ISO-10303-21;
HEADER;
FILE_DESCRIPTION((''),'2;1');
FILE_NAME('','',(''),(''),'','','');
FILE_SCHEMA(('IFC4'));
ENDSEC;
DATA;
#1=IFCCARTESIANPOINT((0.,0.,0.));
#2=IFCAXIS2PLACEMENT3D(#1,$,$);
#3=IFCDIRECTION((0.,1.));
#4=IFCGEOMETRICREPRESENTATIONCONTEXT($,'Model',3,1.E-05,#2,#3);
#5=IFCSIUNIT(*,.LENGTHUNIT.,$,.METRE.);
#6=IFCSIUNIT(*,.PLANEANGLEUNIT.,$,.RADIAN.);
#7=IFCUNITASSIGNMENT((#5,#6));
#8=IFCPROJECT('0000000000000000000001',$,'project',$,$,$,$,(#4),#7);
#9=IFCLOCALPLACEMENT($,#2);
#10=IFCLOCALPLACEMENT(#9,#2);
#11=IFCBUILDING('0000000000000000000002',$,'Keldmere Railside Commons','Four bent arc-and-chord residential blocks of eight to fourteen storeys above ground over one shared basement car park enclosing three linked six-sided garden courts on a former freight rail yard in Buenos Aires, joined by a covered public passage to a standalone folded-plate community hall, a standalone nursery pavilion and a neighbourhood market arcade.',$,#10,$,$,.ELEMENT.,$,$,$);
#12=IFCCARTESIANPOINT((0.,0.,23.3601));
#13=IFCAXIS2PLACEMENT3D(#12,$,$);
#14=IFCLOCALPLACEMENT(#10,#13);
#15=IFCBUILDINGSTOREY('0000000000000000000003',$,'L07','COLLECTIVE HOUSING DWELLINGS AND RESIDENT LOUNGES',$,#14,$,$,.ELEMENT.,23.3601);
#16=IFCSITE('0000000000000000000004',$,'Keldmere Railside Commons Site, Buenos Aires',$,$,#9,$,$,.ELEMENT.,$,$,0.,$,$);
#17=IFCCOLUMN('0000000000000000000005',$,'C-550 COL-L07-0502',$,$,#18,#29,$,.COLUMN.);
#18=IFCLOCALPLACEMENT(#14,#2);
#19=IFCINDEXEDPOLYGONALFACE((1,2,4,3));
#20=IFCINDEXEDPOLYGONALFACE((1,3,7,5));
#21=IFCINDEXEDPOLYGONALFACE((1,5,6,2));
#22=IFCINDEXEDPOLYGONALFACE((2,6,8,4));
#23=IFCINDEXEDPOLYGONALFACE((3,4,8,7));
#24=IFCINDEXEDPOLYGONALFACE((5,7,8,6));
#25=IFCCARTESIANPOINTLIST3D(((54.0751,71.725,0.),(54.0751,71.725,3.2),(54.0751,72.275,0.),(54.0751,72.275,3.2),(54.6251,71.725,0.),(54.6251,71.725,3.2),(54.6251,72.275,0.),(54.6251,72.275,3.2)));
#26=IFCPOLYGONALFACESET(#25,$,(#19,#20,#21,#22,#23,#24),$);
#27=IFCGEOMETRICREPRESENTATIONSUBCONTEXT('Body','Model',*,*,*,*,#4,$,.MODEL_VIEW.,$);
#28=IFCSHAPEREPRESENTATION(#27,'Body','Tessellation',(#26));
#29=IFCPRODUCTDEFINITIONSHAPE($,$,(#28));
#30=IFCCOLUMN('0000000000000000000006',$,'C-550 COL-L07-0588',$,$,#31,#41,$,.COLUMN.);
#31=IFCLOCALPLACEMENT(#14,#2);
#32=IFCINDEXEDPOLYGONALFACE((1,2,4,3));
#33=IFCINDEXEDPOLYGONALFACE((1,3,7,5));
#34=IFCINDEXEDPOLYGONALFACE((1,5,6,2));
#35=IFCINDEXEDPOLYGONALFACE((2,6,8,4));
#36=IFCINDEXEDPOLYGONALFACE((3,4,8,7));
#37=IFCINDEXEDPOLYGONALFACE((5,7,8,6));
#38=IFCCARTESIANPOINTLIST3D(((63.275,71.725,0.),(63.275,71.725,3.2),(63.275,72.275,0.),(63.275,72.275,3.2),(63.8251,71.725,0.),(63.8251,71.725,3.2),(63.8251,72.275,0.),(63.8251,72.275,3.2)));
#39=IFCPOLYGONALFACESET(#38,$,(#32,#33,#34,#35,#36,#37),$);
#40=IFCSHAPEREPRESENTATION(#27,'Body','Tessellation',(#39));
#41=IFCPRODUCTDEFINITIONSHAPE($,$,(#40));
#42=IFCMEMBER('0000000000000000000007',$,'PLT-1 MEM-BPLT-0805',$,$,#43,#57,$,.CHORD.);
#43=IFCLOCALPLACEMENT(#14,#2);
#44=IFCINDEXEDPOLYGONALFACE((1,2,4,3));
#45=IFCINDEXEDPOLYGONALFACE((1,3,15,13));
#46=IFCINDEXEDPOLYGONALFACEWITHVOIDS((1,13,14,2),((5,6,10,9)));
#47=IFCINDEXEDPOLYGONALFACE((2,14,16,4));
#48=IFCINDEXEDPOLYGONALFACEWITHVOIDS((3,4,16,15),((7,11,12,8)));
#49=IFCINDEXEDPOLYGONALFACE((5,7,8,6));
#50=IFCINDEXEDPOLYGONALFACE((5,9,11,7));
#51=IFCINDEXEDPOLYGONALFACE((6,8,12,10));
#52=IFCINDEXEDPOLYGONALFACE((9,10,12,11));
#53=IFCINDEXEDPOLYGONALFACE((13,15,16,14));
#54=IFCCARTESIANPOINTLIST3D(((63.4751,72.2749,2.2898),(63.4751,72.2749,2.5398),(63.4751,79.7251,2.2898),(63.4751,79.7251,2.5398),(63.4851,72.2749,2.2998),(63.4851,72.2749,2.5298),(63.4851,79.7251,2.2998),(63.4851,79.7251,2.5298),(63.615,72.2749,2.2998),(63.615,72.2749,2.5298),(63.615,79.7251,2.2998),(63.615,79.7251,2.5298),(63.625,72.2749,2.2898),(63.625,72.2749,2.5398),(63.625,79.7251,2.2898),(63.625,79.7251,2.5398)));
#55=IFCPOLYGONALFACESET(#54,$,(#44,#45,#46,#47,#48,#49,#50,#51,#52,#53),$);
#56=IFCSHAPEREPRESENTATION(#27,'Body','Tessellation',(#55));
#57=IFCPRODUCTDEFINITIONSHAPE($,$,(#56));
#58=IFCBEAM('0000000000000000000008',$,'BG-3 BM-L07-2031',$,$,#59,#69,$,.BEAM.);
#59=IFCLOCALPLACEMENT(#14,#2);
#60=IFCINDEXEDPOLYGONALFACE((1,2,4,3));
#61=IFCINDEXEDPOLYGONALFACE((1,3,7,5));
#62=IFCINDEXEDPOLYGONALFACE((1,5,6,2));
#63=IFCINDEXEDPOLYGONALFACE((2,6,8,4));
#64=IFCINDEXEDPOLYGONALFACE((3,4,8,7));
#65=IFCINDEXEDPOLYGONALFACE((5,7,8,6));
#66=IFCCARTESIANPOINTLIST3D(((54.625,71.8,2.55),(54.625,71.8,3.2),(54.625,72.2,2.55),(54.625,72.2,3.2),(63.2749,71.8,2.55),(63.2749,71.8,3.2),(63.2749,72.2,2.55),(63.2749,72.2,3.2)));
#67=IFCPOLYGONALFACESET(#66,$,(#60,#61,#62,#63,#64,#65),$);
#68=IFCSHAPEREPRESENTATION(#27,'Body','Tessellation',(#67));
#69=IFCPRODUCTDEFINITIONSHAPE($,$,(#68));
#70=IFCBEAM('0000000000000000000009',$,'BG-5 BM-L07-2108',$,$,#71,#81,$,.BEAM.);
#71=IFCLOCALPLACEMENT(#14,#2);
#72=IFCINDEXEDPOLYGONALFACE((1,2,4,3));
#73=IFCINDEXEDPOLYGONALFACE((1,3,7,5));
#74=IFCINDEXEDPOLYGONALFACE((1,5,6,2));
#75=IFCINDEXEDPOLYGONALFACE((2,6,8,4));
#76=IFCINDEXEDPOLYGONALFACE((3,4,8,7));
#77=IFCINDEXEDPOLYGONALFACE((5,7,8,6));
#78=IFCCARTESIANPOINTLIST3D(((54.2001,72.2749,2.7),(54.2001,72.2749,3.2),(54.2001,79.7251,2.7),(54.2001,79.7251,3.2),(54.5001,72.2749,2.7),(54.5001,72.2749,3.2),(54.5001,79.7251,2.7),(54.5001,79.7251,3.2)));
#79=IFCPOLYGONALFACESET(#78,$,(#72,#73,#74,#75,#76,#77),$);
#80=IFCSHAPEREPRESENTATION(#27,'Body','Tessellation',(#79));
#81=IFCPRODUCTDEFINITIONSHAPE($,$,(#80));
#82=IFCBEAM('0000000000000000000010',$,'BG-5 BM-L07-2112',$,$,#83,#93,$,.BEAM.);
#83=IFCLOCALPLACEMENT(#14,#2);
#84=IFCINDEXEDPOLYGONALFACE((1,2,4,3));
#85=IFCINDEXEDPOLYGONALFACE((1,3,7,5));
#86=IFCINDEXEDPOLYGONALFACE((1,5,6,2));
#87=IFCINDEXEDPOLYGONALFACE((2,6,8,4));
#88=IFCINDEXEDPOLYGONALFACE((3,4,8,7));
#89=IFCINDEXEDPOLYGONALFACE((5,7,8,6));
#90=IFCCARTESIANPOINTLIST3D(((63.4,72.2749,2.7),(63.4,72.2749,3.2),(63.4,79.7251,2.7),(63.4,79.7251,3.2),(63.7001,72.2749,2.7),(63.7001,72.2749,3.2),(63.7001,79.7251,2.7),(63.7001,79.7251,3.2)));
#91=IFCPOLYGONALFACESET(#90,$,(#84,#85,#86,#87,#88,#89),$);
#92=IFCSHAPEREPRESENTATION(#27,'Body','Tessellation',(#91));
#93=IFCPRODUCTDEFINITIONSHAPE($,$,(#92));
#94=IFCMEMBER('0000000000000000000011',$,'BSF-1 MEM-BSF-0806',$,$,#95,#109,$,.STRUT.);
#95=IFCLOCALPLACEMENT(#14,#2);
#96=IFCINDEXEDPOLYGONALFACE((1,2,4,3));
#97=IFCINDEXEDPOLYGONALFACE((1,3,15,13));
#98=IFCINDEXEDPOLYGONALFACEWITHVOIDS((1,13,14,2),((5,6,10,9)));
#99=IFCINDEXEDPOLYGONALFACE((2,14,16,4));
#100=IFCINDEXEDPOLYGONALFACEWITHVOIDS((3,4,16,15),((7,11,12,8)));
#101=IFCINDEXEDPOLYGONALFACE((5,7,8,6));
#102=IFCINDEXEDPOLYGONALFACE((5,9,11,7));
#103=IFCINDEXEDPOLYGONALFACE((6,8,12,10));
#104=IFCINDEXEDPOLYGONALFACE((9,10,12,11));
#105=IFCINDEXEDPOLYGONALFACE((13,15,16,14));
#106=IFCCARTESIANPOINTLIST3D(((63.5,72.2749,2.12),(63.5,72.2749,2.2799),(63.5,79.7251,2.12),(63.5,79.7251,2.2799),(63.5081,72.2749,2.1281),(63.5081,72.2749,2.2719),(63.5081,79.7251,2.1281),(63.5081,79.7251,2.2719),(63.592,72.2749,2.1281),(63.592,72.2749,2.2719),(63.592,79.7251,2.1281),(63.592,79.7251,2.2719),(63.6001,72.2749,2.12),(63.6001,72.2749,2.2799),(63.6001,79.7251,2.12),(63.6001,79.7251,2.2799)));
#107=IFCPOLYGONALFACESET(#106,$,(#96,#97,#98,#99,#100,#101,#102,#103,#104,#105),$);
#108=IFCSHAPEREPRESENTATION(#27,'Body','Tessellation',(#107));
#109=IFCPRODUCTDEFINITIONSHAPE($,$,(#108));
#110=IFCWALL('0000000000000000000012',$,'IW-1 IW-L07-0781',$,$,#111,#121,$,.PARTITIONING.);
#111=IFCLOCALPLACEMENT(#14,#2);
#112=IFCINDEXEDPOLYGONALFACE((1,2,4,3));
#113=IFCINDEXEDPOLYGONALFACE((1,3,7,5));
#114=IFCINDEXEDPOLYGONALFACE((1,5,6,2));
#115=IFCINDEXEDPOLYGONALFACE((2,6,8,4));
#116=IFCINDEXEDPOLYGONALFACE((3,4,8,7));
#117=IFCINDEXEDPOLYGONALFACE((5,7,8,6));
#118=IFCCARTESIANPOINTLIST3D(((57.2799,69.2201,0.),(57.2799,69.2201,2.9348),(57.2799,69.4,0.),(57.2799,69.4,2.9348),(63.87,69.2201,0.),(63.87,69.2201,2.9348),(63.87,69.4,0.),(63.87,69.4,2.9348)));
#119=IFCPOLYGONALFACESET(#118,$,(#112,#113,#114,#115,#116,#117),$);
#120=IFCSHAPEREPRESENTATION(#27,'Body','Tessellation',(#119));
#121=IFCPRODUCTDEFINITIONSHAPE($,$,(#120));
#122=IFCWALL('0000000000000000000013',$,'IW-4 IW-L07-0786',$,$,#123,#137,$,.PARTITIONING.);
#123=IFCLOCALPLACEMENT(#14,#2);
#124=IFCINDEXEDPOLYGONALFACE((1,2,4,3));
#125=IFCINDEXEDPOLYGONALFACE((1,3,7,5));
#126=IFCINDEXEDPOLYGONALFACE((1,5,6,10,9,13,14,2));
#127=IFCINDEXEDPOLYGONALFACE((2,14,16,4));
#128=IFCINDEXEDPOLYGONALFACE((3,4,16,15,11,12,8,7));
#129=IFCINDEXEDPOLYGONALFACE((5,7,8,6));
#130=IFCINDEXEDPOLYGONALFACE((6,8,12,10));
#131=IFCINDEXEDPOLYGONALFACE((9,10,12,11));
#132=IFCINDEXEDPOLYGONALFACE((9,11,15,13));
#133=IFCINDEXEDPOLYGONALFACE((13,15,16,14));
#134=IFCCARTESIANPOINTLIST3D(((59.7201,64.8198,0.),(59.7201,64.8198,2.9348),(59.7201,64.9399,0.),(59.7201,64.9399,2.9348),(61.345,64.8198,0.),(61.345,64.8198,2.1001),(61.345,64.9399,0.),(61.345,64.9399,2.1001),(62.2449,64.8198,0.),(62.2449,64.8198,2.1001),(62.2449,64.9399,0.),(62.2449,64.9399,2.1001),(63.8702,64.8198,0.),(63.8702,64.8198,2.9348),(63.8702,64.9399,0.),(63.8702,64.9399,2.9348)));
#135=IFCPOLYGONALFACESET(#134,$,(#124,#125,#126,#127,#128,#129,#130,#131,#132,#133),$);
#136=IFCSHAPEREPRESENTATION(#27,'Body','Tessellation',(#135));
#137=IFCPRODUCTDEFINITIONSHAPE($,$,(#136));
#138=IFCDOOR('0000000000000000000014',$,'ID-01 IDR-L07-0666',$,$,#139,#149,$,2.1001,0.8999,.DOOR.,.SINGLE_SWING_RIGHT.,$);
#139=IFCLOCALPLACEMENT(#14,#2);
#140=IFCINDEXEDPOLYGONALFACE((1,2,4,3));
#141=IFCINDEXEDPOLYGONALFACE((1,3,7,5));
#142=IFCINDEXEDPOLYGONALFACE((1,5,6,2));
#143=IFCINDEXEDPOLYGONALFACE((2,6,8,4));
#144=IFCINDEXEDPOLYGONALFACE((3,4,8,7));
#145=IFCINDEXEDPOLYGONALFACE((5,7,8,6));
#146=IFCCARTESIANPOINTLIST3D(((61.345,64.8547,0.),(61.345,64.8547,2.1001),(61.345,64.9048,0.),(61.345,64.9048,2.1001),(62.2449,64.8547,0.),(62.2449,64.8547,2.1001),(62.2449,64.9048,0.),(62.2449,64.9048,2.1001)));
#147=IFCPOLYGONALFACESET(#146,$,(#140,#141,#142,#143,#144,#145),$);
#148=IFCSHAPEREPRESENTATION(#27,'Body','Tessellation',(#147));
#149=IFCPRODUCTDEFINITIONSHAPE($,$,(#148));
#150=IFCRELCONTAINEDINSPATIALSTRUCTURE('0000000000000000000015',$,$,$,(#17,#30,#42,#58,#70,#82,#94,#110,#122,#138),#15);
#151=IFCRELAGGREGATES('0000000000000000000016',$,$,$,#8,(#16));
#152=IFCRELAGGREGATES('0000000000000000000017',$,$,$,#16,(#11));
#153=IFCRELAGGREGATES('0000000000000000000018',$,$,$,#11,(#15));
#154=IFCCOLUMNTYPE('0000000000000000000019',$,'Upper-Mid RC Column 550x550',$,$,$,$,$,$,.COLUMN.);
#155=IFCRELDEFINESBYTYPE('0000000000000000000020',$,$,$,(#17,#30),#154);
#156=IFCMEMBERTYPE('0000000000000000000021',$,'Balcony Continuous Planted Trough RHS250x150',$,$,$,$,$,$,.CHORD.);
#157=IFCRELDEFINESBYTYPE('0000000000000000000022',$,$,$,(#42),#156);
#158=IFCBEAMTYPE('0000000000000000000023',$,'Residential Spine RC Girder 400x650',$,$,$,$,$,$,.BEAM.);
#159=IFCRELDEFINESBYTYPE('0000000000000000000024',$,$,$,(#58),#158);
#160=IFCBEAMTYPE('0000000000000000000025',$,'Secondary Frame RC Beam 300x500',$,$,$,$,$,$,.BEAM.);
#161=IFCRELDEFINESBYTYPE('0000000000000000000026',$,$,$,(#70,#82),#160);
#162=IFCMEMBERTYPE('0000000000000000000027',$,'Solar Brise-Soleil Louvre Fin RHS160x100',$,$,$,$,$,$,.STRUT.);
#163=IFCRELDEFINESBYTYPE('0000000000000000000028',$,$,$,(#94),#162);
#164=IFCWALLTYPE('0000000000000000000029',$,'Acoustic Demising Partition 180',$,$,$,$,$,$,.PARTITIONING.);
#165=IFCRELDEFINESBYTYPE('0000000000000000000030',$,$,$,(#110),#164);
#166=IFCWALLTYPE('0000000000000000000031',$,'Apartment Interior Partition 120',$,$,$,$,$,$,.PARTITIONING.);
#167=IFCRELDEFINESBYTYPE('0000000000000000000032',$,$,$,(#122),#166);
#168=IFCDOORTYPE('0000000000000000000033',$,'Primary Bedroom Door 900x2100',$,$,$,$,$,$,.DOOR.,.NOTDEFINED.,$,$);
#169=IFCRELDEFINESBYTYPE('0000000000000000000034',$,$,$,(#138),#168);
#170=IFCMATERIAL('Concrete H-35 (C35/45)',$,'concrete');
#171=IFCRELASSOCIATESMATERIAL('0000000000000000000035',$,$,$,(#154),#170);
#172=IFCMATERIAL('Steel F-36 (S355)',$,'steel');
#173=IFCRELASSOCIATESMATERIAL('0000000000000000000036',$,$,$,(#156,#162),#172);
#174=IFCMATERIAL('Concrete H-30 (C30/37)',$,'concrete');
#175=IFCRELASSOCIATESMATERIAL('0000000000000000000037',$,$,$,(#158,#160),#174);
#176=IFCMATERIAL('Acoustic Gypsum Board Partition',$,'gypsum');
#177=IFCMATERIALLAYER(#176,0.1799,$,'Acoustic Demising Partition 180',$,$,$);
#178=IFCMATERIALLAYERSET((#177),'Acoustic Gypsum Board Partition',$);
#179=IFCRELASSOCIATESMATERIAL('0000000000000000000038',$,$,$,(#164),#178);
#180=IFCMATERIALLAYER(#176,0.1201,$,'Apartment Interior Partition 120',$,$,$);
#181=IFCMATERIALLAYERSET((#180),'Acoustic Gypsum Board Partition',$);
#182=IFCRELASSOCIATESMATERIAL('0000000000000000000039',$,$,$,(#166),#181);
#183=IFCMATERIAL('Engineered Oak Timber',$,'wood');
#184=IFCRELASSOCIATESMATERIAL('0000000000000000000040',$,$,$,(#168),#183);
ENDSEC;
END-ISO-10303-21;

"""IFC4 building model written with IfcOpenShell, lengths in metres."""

from ifc_helpers import new_model, si_unit, direction, frame, frame_2d, origin, origin_2d, place, context, subcontext, project, spatial, rectangle, hollow_rectangle, extrude, material, layer, layer_set, material_profile, profile_set, type_object, element, fill, save


model = new_model("IFC4")

# Units and contexts
model_context = context("Model", 3, precision=1e-05, world=origin(), true_north=direction((0.0, 1.0)))
body_context = subcontext(model_context, "Body", "Model", "MODEL_VIEW")
ifc_project = project(units=[si_unit("LENGTHUNIT", "METRE"), si_unit("PLANEANGLEUNIT", "RADIAN")], contexts=[model_context])

# Site, building, storey
site_placement = place(None, origin())
site = spatial("IfcSite", under=ifc_project, at=site_placement, Name="Keldmere Railside Commons Site, Buenos Aires", CompositionType="ELEMENT", RefElevation=0.0)
building_placement = place(site_placement, origin())
building = spatial("IfcBuilding", under=site, at=building_placement, Name="Keldmere Railside Commons", Description="Four bent arc-and-chord residential blocks of eight to fourteen storeys above ground over one shared basement car park enclosing three linked six-sided garden courts on a former freight rail yard in Buenos Aires, joined by a covered public passage to a standalone folded-plate community hall, a standalone nursery pavilion and a neighbourhood market arcade.", CompositionType="ELEMENT")
storey_placement = place(building_placement, frame((0.0, 0.0, 23.3601)))
storey = spatial("IfcBuildingStorey", under=building, at=storey_placement, Name="L07", Description="COLLECTIVE HOUSING DWELLINGS AND RESIDENT LOUNGES", CompositionType="ELEMENT", Elevation=23.3601)

# Columns
ifc_material_1 = material(Name="Concrete H-35 (C35/45)", Category="concrete")
ifc_material_profile_1 = material_profile(ifc_material_1, rectangle(XDim=0.55, YDim=0.55, at=origin_2d()), Name="RC-550x550")
ifc_profile_set_1 = profile_set([ifc_material_profile_1], Name="Concrete H-35 (C35/45)")
column_type = type_object("IfcColumnType", Name="Upper-Mid RC Column 550x550", PredefinedType="COLUMN", material=ifc_profile_set_1)
for number, where, z_axis, x_axis, name in (
    (1, (54.3501, 72.0, 0.0), (0.0, 0.0, 1.0), (1.0, 0.0, 0.0), "C-550 COL-L07-0502"),
    (2, (63.55, 72.0, 0.0), (0.0, 0.0, 1.0), (1.0, 0.0, 0.0), "C-550 COL-L07-0588"),
):
    element("IfcColumn", number, at=place(storey_placement, frame(where, z_axis=z_axis, x_axis=x_axis)), inside=storey, type_object=column_type, Name=name, PredefinedType="COLUMN", context=body_context, shape_type="SweptSolid", body=[
        extrude(rectangle(XDim=0.55, YDim=0.55, at=origin_2d()), origin(), (0.0, 0.0, 1.0), 3.2),
    ])

# Member
ifc_material_2 = material(Name="Steel F-36 (S355)", Category="steel")
ifc_material_profile_2 = material_profile(ifc_material_2, hollow_rectangle(XDim=0.1499, YDim=0.25, WallThickness=0.01, at=origin_2d()), Name="RHS-250x150x10")
ifc_profile_set_2 = profile_set([ifc_material_profile_2], Name="Steel F-36 (S355)")
member_type_1 = type_object("IfcMemberType", Name="Balcony Continuous Planted Trough RHS250x150", PredefinedType="CHORD", material=ifc_profile_set_2)
member_1_placement = place(storey_placement, frame((63.55, 72.2749, 2.4148), z_axis=(0.0, 1.0, 0.0), x_axis=(-1.0, 0.0, 0.0)))
element("IfcMember", 3, at=member_1_placement, inside=storey, type_object=member_type_1, Name="PLT-1 MEM-BPLT-0805", PredefinedType="CHORD", context=body_context, shape_type="SweptSolid", body=[
    extrude(hollow_rectangle(XDim=0.1499, YDim=0.25, WallThickness=0.01, at=origin_2d()), origin(), (0.0, 0.0, 1.0), 7.4502),
])

# Beams
ifc_material_3 = material(Name="Concrete H-30 (C30/37)", Category="concrete")
ifc_material_profile_3 = material_profile(ifc_material_3, rectangle(XDim=0.3999, YDim=0.6499, at=origin_2d()), Name="RC-400x650")
ifc_profile_set_3 = profile_set([ifc_material_profile_3], Name="Concrete H-30 (C30/37)")
beam_type_1 = type_object("IfcBeamType", Name="Residential Spine RC Girder 400x650", PredefinedType="BEAM", material=ifc_profile_set_3)
beam_placement = place(storey_placement, frame((54.625, 72.0, 2.875), z_axis=(1.0, 0.0, 0.0), x_axis=(0.0, 1.0, 0.0)))
element("IfcBeam", 4, at=beam_placement, inside=storey, type_object=beam_type_1, Name="BG-3 BM-L07-2031", PredefinedType="BEAM", context=body_context, shape_type="SweptSolid", body=[
    extrude(rectangle(XDim=0.3999, YDim=0.6499, at=origin_2d()), origin(), (0.0, 0.0, 1.0), 8.6499),
])
ifc_material_profile_4 = material_profile(ifc_material_3, rectangle(XDim=0.3, YDim=0.5, at=origin_2d()), Name="RC-300x500")
ifc_profile_set_4 = profile_set([ifc_material_profile_4], Name="Concrete H-30 (C30/37)")
beam_type_2 = type_object("IfcBeamType", Name="Secondary Frame RC Beam 300x500", PredefinedType="BEAM", material=ifc_profile_set_4)
for number, where, z_axis, x_axis, name in (
    (5, (54.3501, 72.2749, 2.95), (0.0, 1.0, 0.0), (-1.0, 0.0, 0.0), "BG-5 BM-L07-2108"),
    (6, (63.55, 72.2749, 2.95), (0.0, 1.0, 0.0), (-1.0, 0.0, 0.0), "BG-5 BM-L07-2112"),
):
    element("IfcBeam", number, at=place(storey_placement, frame(where, z_axis=z_axis, x_axis=x_axis)), inside=storey, type_object=beam_type_2, Name=name, PredefinedType="BEAM", context=body_context, shape_type="SweptSolid", body=[
        extrude(rectangle(XDim=0.3, YDim=0.5, at=origin_2d()), origin(), (0.0, 0.0, 1.0), 7.4502),
    ])

# Member
ifc_material_profile_5 = material_profile(ifc_material_2, hollow_rectangle(XDim=0.1001, YDim=0.1599, WallThickness=0.0081, at=origin_2d()), Name="RHS-160x100x8")
ifc_profile_set_5 = profile_set([ifc_material_profile_5], Name="Steel F-36 (S355)")
member_type_2 = type_object("IfcMemberType", Name="Solar Brise-Soleil Louvre Fin RHS160x100", PredefinedType="STRUT", material=ifc_profile_set_5)
member_2_placement = place(storey_placement, frame((63.55, 72.2749, 2.2), z_axis=(0.0, 1.0, 0.0), x_axis=(-1.0, 0.0, 0.0)))
element("IfcMember", 7, at=member_2_placement, inside=storey, type_object=member_type_2, Name="BSF-1 MEM-BSF-0806", PredefinedType="STRUT", context=body_context, shape_type="SweptSolid", body=[
    extrude(hollow_rectangle(XDim=0.1001, YDim=0.1599, WallThickness=0.0081, at=origin_2d()), origin(), (0.0, 0.0, 1.0), 7.4502),
])

# Wall
ifc_material_4 = material(Name="Acoustic Gypsum Board Partition", Category="gypsum")
ifc_layer_1 = layer(ifc_material_4, 0.1799, Name="Acoustic Demising Partition 180")
ifc_layer_set_1 = layer_set([ifc_layer_1], Name="Acoustic Gypsum Board Partition")
wall_type_1 = type_object("IfcWallType", Name="Acoustic Demising Partition 180", PredefinedType="PARTITIONING", material=ifc_layer_set_1)
wall_1_placement = place(storey_placement, frame((57.28, 69.3101, 0.0), z_axis=(0.0, 0.0, 1.0), x_axis=(1.0, 0.0, 0.0)))
element("IfcWall", 8, at=wall_1_placement, inside=storey, type_object=wall_type_1, Name="IW-1 IW-L07-0781", PredefinedType="PARTITIONING", context=body_context, shape_type="SweptSolid", body=[
    extrude(rectangle(XDim=6.5901, YDim=0.1799, at=frame_2d((3.2949, 0.0))), origin(), (0.0, 0.0, 1.0), 2.9348),
])

# Wall, opening, door
ifc_layer_2 = layer(ifc_material_4, 0.1201, Name="Apartment Interior Partition 120")
ifc_layer_set_2 = layer_set([ifc_layer_2], Name="Acoustic Gypsum Board Partition")
wall_type_2 = type_object("IfcWallType", Name="Apartment Interior Partition 120", PredefinedType="PARTITIONING", material=ifc_layer_set_2)
wall_2_placement = place(storey_placement, frame((59.72, 64.8799, 0.0), z_axis=(0.0, 0.0, 1.0), x_axis=(1.0, 0.0, 0.0)))
wall_2 = element("IfcWall", 9, at=wall_2_placement, inside=storey, type_object=wall_type_2, Name="IW-4 IW-L07-0786", PredefinedType="PARTITIONING", context=body_context, shape_type="SweptSolid", body=[
    extrude(rectangle(XDim=4.1501, YDim=0.1201, at=frame_2d((2.0752, 0.0))), origin(), (0.0, 0.0, 1.0), 2.9348),
])
opening_1_placement = place(wall_2_placement, frame((1.625, 0.0, 0.0)))
opening_1 = element("IfcOpeningElement", 10, at=opening_1_placement, cuts=wall_2, PredefinedType="OPENING", context=body_context, shape_type="SweptSolid", body=[
    extrude(rectangle(XDim=0.8999, YDim=2.1001, at=frame_2d((0.45, 1.05))), frame((0.0, 0.0701, 0.0), z_axis=(0.0, -1.0, 0.0), x_axis=(1.0, 0.0, 0.0)), (0.0, 0.0, 1.0), 0.1401),
])
ifc_material_5 = material(Name="Engineered Oak Timber", Category="wood")
door_type_1 = type_object("IfcDoorType", Name="Primary Bedroom Door 900x2100", OperationType="NOTDEFINED", PredefinedType="DOOR", material=ifc_material_5)
door_1_placement = place(opening_1_placement, origin())
door_1 = element("IfcDoor", 11, at=door_1_placement, inside=storey, type_object=door_type_1, Name="ID-01 IDR-L07-0666", OperationType="SINGLE_SWING_RIGHT", OverallHeight=2.1001, OverallWidth=0.8999, PredefinedType="DOOR", context=body_context, shape_type="SweptSolid", body=[
    extrude(rectangle(XDim=0.8999, YDim=2.1001, at=frame_2d((0.45, 1.05))), frame((0.0, 0.0249, 0.0), z_axis=(0.0, -1.0, 0.0), x_axis=(1.0, 0.0, 0.0)), (0.0, 0.0, 1.0), 0.05),
])
fill(opening_1, door_1)

save(model, "model.ifc")
